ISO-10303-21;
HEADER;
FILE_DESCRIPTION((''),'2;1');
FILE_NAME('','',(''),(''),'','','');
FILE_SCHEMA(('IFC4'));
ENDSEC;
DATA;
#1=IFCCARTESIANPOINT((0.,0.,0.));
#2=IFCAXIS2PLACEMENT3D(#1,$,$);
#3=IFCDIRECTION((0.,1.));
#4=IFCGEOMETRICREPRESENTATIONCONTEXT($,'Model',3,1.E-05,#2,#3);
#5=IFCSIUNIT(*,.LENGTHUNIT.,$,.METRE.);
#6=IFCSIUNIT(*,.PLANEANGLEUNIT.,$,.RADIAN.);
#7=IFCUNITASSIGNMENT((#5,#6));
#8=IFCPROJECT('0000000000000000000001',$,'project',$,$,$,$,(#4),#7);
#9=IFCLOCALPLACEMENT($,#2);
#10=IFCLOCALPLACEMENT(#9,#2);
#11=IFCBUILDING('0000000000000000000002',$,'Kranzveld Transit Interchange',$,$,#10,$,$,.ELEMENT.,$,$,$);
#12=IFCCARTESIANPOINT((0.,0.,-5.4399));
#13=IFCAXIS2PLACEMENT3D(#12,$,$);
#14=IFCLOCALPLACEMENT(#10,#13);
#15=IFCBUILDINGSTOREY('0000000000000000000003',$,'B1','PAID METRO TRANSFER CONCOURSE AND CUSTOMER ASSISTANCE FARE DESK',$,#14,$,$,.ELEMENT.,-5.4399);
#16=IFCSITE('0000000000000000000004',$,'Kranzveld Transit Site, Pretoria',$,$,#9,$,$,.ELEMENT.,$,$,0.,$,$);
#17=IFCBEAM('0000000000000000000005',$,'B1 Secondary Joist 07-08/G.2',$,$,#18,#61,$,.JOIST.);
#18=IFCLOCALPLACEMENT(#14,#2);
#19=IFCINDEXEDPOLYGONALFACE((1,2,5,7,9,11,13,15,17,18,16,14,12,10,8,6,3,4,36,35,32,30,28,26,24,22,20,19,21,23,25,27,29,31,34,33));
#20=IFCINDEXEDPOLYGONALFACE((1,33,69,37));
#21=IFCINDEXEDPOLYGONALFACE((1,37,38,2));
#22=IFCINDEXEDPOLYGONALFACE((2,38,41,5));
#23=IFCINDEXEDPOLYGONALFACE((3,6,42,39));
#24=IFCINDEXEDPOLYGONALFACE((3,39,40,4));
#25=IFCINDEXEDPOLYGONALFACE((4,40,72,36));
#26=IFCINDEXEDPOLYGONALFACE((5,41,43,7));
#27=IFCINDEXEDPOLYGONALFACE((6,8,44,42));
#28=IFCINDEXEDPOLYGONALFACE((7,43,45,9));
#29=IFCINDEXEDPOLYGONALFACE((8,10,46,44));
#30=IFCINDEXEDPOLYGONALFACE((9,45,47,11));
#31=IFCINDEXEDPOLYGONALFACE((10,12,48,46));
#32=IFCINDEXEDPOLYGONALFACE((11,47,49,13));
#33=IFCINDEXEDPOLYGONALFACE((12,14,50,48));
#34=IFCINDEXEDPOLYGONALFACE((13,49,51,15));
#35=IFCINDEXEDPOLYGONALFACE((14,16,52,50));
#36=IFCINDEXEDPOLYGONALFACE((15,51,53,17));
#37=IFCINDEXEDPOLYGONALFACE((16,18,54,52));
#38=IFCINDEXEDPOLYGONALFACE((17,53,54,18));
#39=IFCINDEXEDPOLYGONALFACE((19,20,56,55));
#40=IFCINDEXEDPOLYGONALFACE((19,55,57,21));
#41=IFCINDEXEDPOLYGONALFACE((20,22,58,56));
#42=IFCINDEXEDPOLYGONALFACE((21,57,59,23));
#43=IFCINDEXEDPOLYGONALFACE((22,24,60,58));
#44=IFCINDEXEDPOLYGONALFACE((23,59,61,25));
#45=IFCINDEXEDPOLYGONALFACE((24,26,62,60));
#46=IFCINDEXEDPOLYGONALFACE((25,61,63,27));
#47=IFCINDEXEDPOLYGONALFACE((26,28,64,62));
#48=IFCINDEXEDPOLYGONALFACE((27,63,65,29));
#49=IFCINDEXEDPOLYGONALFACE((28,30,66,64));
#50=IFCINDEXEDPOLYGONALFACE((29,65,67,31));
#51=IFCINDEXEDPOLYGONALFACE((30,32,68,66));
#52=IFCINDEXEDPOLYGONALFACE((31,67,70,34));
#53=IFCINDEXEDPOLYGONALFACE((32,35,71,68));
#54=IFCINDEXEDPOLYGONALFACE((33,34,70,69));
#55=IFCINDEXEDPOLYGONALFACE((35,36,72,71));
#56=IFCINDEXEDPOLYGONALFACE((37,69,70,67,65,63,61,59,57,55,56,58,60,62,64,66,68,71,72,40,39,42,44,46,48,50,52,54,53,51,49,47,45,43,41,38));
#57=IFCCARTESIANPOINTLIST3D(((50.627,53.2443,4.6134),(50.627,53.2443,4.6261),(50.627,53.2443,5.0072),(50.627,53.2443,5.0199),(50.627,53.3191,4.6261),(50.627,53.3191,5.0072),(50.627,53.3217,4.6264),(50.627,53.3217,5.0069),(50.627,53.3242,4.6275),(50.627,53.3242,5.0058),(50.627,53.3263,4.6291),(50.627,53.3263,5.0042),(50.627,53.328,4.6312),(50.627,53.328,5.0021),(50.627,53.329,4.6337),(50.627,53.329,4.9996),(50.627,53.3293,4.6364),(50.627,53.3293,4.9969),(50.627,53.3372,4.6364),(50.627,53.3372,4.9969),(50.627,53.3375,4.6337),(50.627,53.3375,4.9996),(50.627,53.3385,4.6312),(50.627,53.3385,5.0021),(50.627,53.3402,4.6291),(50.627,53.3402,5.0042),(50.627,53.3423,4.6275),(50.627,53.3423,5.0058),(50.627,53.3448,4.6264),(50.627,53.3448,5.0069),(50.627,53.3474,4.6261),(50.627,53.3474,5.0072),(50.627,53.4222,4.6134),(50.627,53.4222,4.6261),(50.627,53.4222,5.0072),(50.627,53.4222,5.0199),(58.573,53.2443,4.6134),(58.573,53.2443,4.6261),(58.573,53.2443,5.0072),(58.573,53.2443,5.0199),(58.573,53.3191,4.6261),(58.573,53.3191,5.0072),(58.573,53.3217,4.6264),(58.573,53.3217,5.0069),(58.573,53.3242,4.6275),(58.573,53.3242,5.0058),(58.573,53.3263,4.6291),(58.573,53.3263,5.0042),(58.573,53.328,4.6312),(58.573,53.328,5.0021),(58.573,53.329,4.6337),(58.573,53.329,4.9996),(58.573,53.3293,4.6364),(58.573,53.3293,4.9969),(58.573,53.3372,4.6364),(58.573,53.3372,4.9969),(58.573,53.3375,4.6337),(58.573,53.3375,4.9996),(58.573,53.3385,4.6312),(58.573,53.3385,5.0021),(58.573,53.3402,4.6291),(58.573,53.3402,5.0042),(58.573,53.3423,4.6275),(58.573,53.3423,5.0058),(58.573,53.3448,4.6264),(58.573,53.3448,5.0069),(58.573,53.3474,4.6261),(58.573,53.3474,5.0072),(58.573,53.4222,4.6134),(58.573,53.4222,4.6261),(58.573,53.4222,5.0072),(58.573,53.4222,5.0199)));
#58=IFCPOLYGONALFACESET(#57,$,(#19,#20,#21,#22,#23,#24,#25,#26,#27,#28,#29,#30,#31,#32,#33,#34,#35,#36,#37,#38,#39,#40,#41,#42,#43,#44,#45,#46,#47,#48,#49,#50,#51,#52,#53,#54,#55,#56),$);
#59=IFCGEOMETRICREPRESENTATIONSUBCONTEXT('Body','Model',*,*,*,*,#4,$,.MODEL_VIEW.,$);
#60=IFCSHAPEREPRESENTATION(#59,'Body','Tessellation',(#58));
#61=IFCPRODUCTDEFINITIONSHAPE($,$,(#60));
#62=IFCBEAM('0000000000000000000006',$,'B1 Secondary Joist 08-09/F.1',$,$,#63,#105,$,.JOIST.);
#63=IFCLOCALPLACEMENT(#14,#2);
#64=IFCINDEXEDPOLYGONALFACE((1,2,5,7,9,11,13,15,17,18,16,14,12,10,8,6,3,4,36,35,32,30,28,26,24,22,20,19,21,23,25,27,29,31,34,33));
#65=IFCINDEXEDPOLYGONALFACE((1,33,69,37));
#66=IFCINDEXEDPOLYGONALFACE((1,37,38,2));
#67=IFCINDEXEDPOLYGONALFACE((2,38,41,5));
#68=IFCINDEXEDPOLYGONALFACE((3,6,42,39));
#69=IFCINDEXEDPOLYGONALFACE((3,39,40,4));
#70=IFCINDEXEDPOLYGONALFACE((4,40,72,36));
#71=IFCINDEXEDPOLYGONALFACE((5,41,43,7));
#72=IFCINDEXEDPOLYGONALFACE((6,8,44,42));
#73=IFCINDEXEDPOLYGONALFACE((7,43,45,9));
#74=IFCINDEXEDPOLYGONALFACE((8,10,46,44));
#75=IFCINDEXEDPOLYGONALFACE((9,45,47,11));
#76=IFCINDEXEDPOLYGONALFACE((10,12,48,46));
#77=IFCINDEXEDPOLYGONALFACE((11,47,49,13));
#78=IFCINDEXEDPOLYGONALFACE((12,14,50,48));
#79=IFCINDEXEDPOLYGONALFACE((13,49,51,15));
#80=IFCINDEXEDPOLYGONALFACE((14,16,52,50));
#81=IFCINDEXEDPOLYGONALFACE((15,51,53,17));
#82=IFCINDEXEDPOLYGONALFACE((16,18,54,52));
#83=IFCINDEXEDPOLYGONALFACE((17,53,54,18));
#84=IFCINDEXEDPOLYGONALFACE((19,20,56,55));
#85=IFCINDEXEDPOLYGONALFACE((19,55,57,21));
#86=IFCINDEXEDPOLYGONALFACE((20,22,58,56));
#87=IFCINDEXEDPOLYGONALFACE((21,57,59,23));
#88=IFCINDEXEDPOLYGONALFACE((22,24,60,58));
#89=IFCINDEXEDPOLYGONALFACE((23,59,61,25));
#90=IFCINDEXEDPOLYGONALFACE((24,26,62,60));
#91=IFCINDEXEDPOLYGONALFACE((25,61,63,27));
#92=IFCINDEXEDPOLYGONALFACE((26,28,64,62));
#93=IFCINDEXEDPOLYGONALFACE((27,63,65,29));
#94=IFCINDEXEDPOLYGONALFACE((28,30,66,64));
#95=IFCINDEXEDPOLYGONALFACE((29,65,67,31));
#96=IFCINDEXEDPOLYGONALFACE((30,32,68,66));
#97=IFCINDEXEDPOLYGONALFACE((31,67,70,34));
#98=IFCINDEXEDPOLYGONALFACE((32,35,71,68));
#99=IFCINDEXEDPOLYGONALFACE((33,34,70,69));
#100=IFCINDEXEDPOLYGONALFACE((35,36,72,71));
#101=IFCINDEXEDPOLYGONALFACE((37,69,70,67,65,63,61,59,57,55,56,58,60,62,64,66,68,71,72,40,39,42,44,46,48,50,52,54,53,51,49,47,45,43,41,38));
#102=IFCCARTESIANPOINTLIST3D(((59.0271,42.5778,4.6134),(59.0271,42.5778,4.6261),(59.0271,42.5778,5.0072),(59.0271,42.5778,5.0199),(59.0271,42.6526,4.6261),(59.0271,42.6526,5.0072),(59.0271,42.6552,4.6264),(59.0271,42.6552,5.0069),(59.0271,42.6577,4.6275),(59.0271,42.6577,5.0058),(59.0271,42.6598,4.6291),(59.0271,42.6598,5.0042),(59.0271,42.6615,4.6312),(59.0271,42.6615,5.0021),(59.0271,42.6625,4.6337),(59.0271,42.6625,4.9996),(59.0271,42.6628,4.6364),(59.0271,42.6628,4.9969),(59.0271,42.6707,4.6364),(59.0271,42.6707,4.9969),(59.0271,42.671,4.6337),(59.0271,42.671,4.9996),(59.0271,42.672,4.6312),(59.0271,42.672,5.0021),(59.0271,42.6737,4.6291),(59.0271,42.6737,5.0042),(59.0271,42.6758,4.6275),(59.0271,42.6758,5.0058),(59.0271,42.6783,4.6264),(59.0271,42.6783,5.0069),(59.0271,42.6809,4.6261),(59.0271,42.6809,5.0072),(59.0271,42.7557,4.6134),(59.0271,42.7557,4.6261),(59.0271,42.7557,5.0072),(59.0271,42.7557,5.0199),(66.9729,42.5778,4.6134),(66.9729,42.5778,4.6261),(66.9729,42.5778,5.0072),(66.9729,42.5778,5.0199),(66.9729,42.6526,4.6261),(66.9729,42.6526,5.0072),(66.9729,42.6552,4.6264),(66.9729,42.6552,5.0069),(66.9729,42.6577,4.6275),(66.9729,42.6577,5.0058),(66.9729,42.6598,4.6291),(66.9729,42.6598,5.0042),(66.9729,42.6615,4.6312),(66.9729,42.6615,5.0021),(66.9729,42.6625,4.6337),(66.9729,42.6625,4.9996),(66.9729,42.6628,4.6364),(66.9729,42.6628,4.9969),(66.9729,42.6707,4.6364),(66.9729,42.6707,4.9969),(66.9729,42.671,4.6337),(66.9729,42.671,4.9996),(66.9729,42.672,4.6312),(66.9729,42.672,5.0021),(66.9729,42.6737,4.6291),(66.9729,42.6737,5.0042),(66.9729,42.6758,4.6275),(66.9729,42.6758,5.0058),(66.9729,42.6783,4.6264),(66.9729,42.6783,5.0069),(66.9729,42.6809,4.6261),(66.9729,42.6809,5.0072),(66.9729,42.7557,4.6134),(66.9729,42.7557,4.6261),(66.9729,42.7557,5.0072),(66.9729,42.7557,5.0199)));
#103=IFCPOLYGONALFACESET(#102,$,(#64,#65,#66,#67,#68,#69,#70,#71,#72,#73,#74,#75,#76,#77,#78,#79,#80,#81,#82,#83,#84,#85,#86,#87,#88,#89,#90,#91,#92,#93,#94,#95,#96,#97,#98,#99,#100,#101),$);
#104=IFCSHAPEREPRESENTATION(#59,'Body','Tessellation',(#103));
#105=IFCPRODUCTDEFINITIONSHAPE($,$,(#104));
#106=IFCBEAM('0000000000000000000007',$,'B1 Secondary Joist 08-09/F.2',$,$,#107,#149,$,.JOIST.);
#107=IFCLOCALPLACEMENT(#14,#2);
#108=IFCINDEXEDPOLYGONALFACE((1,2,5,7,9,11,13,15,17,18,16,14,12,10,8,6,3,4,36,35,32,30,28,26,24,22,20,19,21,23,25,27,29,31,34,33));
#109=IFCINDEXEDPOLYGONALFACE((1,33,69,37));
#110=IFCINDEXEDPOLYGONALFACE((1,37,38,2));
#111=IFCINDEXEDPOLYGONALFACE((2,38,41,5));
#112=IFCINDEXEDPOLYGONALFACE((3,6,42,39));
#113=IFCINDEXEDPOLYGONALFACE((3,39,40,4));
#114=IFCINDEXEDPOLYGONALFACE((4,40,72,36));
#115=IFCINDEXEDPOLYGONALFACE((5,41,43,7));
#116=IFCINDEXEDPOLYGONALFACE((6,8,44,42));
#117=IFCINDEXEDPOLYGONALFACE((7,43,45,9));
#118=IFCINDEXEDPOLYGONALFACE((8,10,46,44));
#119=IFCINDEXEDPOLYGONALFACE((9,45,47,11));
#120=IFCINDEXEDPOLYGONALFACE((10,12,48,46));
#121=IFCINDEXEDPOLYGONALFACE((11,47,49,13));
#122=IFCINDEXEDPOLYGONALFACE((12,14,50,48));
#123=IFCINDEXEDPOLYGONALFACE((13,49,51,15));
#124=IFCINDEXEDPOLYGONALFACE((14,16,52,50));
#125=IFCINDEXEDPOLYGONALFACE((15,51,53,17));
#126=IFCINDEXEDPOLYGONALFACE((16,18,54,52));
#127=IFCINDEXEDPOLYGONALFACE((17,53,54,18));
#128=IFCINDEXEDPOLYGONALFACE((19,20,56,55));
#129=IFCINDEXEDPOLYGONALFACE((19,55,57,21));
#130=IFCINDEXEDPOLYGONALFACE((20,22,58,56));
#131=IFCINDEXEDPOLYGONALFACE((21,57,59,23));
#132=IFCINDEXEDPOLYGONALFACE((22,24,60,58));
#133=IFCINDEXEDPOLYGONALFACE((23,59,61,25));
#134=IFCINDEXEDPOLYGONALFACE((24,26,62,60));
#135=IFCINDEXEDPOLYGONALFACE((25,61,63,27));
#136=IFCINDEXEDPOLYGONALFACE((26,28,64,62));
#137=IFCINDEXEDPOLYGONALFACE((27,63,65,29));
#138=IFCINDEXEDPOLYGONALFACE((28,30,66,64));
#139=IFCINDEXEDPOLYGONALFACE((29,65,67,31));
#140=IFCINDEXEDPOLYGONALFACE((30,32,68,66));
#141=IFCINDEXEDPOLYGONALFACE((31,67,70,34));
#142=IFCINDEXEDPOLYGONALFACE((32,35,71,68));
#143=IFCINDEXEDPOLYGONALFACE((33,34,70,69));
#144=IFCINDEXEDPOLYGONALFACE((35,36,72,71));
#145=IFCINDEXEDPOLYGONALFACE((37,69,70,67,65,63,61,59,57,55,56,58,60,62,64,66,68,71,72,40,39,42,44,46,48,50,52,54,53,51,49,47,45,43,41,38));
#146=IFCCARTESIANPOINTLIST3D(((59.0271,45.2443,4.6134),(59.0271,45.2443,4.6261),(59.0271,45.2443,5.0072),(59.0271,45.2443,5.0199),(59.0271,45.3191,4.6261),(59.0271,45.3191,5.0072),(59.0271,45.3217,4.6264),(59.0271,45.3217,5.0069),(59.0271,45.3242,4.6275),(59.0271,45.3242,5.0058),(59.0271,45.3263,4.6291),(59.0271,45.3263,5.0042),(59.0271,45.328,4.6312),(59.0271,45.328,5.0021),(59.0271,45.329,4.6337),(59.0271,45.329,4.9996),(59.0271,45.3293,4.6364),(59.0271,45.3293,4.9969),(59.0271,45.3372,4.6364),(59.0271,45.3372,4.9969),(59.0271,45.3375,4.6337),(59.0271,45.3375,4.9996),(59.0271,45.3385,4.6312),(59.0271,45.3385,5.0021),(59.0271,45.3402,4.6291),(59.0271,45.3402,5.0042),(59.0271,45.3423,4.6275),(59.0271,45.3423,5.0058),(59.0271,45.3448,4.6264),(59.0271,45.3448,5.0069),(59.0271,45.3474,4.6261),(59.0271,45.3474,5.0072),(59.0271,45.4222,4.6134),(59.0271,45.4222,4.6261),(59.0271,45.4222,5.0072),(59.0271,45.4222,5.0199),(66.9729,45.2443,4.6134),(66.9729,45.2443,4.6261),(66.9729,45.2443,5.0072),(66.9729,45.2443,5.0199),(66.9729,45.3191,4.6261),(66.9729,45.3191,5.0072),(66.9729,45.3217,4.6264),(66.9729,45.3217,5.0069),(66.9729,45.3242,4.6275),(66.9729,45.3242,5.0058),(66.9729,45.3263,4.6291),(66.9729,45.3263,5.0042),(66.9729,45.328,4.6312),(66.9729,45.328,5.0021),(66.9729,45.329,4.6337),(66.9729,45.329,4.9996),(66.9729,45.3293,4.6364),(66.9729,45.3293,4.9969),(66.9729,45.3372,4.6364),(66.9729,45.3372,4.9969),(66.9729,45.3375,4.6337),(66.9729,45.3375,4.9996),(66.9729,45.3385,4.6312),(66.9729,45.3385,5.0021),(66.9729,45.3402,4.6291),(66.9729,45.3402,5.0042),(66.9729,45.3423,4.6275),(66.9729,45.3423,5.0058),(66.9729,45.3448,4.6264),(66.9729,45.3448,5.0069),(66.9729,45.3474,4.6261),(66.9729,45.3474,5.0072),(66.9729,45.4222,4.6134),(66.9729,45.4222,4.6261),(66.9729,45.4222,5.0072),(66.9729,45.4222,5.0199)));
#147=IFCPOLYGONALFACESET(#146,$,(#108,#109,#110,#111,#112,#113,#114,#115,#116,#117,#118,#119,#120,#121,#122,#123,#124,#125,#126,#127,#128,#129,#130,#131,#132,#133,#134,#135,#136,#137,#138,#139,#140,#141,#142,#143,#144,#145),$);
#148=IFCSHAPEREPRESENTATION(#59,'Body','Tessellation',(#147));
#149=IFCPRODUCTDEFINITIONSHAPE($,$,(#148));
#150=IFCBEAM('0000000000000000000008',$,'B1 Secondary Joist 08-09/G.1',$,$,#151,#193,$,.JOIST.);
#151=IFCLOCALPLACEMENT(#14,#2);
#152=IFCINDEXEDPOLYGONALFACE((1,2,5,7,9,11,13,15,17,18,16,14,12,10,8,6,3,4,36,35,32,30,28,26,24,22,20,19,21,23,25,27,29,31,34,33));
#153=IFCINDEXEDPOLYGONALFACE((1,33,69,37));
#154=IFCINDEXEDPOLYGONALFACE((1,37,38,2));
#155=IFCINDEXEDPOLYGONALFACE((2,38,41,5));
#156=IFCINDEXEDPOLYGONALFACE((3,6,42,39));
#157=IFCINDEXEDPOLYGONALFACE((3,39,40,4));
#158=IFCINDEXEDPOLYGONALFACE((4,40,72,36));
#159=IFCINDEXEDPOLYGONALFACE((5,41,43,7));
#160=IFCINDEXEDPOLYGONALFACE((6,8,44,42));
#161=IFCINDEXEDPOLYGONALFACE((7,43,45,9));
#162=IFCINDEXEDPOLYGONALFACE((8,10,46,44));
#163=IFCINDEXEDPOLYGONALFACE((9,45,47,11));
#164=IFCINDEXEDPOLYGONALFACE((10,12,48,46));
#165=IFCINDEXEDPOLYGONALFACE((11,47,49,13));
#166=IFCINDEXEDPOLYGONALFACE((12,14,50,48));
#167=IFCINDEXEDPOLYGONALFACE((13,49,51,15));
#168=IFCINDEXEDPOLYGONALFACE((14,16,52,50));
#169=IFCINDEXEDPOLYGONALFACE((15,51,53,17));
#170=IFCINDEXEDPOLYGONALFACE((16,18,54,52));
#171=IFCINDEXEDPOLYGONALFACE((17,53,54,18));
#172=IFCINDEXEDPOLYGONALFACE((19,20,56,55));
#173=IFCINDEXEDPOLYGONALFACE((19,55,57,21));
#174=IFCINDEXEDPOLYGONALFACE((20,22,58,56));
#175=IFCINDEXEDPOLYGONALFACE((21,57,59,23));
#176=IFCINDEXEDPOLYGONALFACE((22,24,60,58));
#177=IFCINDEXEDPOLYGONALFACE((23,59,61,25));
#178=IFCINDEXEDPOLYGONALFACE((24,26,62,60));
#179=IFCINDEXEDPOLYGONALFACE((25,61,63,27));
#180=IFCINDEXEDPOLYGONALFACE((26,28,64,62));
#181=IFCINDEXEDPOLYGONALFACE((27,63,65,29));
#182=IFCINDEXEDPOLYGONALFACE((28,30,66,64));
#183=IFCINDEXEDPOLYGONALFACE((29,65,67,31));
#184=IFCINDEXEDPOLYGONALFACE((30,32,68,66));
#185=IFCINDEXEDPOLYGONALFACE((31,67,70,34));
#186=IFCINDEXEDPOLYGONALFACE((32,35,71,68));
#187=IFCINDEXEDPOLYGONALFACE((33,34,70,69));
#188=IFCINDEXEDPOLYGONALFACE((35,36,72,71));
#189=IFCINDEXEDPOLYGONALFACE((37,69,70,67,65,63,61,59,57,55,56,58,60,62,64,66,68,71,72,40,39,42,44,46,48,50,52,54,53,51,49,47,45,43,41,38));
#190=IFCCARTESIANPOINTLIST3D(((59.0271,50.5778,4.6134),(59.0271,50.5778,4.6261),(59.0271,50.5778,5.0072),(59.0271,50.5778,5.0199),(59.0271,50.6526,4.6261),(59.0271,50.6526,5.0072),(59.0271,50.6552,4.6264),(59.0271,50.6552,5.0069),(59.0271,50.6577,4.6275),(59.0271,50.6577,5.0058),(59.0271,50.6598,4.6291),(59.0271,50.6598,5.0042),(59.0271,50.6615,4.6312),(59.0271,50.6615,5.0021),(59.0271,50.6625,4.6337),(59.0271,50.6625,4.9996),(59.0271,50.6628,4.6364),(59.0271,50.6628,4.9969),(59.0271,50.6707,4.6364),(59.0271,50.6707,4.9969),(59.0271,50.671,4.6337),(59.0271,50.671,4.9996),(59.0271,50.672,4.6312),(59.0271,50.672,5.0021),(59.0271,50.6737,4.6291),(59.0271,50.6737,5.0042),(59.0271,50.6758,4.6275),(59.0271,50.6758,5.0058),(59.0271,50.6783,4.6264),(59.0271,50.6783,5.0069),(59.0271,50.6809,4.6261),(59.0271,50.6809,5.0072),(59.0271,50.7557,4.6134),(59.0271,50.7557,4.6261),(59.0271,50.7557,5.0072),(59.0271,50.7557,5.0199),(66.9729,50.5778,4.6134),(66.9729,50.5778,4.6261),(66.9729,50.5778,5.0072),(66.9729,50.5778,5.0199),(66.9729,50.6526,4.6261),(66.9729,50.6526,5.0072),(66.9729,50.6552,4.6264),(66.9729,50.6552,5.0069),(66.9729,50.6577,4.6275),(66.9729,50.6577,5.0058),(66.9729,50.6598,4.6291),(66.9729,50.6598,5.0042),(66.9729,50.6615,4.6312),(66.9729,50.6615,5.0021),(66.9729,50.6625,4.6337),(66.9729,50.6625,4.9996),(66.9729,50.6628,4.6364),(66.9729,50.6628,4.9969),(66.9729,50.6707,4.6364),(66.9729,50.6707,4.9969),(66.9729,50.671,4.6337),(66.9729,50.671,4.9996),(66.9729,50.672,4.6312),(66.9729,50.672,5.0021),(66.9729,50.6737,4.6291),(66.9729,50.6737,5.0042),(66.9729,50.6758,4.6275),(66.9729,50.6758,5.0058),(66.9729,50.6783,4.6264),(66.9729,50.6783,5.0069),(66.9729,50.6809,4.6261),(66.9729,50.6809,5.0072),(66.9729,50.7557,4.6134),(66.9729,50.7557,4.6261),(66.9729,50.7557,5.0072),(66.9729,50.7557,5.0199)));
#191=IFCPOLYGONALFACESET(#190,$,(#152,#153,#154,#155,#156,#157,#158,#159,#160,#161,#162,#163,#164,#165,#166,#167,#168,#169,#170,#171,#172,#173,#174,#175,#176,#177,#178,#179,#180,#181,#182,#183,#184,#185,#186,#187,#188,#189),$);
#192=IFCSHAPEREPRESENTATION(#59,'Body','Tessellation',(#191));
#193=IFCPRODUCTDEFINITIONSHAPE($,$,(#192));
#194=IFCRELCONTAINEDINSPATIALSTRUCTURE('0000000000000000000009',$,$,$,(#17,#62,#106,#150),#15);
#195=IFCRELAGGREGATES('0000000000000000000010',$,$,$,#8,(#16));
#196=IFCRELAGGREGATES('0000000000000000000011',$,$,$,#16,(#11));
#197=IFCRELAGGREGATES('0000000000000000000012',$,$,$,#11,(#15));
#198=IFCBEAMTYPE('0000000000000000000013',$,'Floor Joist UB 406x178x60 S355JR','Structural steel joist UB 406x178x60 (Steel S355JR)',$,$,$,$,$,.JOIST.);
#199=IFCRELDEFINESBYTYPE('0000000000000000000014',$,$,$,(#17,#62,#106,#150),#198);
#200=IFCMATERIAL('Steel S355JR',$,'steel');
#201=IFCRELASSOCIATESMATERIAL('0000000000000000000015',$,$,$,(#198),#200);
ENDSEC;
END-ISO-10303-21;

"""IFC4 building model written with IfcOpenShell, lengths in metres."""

from ifc_helpers import new_model, si_unit, direction, frame, origin, origin_2d, place, context, subcontext, project, spatial, i_section, extrude, material, material_profile, profile_set, type_object, element, save


model = new_model("IFC4")

# Units and contexts
model_context = context("Model", 3, precision=1e-05, world=origin(), true_north=direction((0.0, 1.0)))
body_context = subcontext(model_context, "Body", "Model", "MODEL_VIEW")
ifc_project = project(units=[si_unit("LENGTHUNIT", "METRE"), si_unit("PLANEANGLEUNIT", "RADIAN")], contexts=[model_context])

# Site, building, storey
site_placement = place(None, origin())
site = spatial("IfcSite", under=ifc_project, at=site_placement, Name="Kranzveld Transit Site, Pretoria", CompositionType="ELEMENT", RefElevation=0.0)
building_placement = place(site_placement, origin())
building = spatial("IfcBuilding", under=site, at=building_placement, Name="Kranzveld Transit Interchange", CompositionType="ELEMENT")
storey_placement = place(building_placement, frame((0.0, 0.0, -5.4399)))
storey = spatial("IfcBuildingStorey", under=building, at=storey_placement, Name="B1", Description="PAID METRO TRANSFER CONCOURSE AND CUSTOMER ASSISTANCE FARE DESK", CompositionType="ELEMENT", Elevation=-5.4399)

# Beams
ifc_material_1 = material(Name="Steel S355JR", Category="steel")
ifc_material_profile_1 = material_profile(ifc_material_1, i_section(OverallWidth=0.178, OverallDepth=0.4065, WebThickness=0.0078, FlangeThickness=0.0127, FilletRadius=0.0103, at=origin_2d()), Name="UB 406x178x60")
ifc_profile_set_1 = profile_set([ifc_material_profile_1], Name="Steel S355JR")
beam_type_1 = type_object("IfcBeamType", Name="Floor Joist UB 406x178x60 S355JR", Description="Structural steel joist UB 406x178x60 (Steel S355JR)", PredefinedType="JOIST", material=ifc_profile_set_1)
for number, where, z_axis, x_axis, name in (
    (1, (50.627, 53.3333, 4.8167), (1.0, 0.0, 0.0), (0.0, 1.0, 0.0), "B1 Secondary Joist 07-08/G.2"),
):
    element("IfcBeam", number, at=place(storey_placement, frame(where, z_axis=z_axis, x_axis=x_axis)), inside=storey, type_object=beam_type_1, Name=name, PredefinedType="JOIST", context=body_context, shape_type="SweptSolid", body=[
        extrude(i_section(OverallWidth=0.178, OverallDepth=0.4065, WebThickness=0.0078, FlangeThickness=0.0127, FilletRadius=0.0103, at=origin_2d()), origin(), (0.0, 0.0, 1.0), 7.946),
    ])
for number, where, z_axis, x_axis, name in (
    (2, (59.0271, 42.6667, 4.8167), (1.0, 0.0, 0.0), (0.0, 1.0, 0.0), "B1 Secondary Joist 08-09/F.1"),
    (3, (59.0271, 45.3333, 4.8167), (1.0, 0.0, 0.0), (0.0, 1.0, 0.0), "B1 Secondary Joist 08-09/F.2"),
    (4, (59.0271, 50.6667, 4.8167), (1.0, 0.0, 0.0), (0.0, 1.0, 0.0), "B1 Secondary Joist 08-09/G.1"),
):
    element("IfcBeam", number, at=place(storey_placement, frame(where, z_axis=z_axis, x_axis=x_axis)), inside=storey, type_object=beam_type_1, Name=name, PredefinedType="JOIST", context=body_context, shape_type="SweptSolid", body=[
        extrude(i_section(OverallWidth=0.178, OverallDepth=0.4065, WebThickness=0.0078, FlangeThickness=0.0127, FilletRadius=0.0103, at=origin_2d()), origin(), (0.0, 0.0, 1.0), 7.9458),
    ])

save(model, "model.ifc")
